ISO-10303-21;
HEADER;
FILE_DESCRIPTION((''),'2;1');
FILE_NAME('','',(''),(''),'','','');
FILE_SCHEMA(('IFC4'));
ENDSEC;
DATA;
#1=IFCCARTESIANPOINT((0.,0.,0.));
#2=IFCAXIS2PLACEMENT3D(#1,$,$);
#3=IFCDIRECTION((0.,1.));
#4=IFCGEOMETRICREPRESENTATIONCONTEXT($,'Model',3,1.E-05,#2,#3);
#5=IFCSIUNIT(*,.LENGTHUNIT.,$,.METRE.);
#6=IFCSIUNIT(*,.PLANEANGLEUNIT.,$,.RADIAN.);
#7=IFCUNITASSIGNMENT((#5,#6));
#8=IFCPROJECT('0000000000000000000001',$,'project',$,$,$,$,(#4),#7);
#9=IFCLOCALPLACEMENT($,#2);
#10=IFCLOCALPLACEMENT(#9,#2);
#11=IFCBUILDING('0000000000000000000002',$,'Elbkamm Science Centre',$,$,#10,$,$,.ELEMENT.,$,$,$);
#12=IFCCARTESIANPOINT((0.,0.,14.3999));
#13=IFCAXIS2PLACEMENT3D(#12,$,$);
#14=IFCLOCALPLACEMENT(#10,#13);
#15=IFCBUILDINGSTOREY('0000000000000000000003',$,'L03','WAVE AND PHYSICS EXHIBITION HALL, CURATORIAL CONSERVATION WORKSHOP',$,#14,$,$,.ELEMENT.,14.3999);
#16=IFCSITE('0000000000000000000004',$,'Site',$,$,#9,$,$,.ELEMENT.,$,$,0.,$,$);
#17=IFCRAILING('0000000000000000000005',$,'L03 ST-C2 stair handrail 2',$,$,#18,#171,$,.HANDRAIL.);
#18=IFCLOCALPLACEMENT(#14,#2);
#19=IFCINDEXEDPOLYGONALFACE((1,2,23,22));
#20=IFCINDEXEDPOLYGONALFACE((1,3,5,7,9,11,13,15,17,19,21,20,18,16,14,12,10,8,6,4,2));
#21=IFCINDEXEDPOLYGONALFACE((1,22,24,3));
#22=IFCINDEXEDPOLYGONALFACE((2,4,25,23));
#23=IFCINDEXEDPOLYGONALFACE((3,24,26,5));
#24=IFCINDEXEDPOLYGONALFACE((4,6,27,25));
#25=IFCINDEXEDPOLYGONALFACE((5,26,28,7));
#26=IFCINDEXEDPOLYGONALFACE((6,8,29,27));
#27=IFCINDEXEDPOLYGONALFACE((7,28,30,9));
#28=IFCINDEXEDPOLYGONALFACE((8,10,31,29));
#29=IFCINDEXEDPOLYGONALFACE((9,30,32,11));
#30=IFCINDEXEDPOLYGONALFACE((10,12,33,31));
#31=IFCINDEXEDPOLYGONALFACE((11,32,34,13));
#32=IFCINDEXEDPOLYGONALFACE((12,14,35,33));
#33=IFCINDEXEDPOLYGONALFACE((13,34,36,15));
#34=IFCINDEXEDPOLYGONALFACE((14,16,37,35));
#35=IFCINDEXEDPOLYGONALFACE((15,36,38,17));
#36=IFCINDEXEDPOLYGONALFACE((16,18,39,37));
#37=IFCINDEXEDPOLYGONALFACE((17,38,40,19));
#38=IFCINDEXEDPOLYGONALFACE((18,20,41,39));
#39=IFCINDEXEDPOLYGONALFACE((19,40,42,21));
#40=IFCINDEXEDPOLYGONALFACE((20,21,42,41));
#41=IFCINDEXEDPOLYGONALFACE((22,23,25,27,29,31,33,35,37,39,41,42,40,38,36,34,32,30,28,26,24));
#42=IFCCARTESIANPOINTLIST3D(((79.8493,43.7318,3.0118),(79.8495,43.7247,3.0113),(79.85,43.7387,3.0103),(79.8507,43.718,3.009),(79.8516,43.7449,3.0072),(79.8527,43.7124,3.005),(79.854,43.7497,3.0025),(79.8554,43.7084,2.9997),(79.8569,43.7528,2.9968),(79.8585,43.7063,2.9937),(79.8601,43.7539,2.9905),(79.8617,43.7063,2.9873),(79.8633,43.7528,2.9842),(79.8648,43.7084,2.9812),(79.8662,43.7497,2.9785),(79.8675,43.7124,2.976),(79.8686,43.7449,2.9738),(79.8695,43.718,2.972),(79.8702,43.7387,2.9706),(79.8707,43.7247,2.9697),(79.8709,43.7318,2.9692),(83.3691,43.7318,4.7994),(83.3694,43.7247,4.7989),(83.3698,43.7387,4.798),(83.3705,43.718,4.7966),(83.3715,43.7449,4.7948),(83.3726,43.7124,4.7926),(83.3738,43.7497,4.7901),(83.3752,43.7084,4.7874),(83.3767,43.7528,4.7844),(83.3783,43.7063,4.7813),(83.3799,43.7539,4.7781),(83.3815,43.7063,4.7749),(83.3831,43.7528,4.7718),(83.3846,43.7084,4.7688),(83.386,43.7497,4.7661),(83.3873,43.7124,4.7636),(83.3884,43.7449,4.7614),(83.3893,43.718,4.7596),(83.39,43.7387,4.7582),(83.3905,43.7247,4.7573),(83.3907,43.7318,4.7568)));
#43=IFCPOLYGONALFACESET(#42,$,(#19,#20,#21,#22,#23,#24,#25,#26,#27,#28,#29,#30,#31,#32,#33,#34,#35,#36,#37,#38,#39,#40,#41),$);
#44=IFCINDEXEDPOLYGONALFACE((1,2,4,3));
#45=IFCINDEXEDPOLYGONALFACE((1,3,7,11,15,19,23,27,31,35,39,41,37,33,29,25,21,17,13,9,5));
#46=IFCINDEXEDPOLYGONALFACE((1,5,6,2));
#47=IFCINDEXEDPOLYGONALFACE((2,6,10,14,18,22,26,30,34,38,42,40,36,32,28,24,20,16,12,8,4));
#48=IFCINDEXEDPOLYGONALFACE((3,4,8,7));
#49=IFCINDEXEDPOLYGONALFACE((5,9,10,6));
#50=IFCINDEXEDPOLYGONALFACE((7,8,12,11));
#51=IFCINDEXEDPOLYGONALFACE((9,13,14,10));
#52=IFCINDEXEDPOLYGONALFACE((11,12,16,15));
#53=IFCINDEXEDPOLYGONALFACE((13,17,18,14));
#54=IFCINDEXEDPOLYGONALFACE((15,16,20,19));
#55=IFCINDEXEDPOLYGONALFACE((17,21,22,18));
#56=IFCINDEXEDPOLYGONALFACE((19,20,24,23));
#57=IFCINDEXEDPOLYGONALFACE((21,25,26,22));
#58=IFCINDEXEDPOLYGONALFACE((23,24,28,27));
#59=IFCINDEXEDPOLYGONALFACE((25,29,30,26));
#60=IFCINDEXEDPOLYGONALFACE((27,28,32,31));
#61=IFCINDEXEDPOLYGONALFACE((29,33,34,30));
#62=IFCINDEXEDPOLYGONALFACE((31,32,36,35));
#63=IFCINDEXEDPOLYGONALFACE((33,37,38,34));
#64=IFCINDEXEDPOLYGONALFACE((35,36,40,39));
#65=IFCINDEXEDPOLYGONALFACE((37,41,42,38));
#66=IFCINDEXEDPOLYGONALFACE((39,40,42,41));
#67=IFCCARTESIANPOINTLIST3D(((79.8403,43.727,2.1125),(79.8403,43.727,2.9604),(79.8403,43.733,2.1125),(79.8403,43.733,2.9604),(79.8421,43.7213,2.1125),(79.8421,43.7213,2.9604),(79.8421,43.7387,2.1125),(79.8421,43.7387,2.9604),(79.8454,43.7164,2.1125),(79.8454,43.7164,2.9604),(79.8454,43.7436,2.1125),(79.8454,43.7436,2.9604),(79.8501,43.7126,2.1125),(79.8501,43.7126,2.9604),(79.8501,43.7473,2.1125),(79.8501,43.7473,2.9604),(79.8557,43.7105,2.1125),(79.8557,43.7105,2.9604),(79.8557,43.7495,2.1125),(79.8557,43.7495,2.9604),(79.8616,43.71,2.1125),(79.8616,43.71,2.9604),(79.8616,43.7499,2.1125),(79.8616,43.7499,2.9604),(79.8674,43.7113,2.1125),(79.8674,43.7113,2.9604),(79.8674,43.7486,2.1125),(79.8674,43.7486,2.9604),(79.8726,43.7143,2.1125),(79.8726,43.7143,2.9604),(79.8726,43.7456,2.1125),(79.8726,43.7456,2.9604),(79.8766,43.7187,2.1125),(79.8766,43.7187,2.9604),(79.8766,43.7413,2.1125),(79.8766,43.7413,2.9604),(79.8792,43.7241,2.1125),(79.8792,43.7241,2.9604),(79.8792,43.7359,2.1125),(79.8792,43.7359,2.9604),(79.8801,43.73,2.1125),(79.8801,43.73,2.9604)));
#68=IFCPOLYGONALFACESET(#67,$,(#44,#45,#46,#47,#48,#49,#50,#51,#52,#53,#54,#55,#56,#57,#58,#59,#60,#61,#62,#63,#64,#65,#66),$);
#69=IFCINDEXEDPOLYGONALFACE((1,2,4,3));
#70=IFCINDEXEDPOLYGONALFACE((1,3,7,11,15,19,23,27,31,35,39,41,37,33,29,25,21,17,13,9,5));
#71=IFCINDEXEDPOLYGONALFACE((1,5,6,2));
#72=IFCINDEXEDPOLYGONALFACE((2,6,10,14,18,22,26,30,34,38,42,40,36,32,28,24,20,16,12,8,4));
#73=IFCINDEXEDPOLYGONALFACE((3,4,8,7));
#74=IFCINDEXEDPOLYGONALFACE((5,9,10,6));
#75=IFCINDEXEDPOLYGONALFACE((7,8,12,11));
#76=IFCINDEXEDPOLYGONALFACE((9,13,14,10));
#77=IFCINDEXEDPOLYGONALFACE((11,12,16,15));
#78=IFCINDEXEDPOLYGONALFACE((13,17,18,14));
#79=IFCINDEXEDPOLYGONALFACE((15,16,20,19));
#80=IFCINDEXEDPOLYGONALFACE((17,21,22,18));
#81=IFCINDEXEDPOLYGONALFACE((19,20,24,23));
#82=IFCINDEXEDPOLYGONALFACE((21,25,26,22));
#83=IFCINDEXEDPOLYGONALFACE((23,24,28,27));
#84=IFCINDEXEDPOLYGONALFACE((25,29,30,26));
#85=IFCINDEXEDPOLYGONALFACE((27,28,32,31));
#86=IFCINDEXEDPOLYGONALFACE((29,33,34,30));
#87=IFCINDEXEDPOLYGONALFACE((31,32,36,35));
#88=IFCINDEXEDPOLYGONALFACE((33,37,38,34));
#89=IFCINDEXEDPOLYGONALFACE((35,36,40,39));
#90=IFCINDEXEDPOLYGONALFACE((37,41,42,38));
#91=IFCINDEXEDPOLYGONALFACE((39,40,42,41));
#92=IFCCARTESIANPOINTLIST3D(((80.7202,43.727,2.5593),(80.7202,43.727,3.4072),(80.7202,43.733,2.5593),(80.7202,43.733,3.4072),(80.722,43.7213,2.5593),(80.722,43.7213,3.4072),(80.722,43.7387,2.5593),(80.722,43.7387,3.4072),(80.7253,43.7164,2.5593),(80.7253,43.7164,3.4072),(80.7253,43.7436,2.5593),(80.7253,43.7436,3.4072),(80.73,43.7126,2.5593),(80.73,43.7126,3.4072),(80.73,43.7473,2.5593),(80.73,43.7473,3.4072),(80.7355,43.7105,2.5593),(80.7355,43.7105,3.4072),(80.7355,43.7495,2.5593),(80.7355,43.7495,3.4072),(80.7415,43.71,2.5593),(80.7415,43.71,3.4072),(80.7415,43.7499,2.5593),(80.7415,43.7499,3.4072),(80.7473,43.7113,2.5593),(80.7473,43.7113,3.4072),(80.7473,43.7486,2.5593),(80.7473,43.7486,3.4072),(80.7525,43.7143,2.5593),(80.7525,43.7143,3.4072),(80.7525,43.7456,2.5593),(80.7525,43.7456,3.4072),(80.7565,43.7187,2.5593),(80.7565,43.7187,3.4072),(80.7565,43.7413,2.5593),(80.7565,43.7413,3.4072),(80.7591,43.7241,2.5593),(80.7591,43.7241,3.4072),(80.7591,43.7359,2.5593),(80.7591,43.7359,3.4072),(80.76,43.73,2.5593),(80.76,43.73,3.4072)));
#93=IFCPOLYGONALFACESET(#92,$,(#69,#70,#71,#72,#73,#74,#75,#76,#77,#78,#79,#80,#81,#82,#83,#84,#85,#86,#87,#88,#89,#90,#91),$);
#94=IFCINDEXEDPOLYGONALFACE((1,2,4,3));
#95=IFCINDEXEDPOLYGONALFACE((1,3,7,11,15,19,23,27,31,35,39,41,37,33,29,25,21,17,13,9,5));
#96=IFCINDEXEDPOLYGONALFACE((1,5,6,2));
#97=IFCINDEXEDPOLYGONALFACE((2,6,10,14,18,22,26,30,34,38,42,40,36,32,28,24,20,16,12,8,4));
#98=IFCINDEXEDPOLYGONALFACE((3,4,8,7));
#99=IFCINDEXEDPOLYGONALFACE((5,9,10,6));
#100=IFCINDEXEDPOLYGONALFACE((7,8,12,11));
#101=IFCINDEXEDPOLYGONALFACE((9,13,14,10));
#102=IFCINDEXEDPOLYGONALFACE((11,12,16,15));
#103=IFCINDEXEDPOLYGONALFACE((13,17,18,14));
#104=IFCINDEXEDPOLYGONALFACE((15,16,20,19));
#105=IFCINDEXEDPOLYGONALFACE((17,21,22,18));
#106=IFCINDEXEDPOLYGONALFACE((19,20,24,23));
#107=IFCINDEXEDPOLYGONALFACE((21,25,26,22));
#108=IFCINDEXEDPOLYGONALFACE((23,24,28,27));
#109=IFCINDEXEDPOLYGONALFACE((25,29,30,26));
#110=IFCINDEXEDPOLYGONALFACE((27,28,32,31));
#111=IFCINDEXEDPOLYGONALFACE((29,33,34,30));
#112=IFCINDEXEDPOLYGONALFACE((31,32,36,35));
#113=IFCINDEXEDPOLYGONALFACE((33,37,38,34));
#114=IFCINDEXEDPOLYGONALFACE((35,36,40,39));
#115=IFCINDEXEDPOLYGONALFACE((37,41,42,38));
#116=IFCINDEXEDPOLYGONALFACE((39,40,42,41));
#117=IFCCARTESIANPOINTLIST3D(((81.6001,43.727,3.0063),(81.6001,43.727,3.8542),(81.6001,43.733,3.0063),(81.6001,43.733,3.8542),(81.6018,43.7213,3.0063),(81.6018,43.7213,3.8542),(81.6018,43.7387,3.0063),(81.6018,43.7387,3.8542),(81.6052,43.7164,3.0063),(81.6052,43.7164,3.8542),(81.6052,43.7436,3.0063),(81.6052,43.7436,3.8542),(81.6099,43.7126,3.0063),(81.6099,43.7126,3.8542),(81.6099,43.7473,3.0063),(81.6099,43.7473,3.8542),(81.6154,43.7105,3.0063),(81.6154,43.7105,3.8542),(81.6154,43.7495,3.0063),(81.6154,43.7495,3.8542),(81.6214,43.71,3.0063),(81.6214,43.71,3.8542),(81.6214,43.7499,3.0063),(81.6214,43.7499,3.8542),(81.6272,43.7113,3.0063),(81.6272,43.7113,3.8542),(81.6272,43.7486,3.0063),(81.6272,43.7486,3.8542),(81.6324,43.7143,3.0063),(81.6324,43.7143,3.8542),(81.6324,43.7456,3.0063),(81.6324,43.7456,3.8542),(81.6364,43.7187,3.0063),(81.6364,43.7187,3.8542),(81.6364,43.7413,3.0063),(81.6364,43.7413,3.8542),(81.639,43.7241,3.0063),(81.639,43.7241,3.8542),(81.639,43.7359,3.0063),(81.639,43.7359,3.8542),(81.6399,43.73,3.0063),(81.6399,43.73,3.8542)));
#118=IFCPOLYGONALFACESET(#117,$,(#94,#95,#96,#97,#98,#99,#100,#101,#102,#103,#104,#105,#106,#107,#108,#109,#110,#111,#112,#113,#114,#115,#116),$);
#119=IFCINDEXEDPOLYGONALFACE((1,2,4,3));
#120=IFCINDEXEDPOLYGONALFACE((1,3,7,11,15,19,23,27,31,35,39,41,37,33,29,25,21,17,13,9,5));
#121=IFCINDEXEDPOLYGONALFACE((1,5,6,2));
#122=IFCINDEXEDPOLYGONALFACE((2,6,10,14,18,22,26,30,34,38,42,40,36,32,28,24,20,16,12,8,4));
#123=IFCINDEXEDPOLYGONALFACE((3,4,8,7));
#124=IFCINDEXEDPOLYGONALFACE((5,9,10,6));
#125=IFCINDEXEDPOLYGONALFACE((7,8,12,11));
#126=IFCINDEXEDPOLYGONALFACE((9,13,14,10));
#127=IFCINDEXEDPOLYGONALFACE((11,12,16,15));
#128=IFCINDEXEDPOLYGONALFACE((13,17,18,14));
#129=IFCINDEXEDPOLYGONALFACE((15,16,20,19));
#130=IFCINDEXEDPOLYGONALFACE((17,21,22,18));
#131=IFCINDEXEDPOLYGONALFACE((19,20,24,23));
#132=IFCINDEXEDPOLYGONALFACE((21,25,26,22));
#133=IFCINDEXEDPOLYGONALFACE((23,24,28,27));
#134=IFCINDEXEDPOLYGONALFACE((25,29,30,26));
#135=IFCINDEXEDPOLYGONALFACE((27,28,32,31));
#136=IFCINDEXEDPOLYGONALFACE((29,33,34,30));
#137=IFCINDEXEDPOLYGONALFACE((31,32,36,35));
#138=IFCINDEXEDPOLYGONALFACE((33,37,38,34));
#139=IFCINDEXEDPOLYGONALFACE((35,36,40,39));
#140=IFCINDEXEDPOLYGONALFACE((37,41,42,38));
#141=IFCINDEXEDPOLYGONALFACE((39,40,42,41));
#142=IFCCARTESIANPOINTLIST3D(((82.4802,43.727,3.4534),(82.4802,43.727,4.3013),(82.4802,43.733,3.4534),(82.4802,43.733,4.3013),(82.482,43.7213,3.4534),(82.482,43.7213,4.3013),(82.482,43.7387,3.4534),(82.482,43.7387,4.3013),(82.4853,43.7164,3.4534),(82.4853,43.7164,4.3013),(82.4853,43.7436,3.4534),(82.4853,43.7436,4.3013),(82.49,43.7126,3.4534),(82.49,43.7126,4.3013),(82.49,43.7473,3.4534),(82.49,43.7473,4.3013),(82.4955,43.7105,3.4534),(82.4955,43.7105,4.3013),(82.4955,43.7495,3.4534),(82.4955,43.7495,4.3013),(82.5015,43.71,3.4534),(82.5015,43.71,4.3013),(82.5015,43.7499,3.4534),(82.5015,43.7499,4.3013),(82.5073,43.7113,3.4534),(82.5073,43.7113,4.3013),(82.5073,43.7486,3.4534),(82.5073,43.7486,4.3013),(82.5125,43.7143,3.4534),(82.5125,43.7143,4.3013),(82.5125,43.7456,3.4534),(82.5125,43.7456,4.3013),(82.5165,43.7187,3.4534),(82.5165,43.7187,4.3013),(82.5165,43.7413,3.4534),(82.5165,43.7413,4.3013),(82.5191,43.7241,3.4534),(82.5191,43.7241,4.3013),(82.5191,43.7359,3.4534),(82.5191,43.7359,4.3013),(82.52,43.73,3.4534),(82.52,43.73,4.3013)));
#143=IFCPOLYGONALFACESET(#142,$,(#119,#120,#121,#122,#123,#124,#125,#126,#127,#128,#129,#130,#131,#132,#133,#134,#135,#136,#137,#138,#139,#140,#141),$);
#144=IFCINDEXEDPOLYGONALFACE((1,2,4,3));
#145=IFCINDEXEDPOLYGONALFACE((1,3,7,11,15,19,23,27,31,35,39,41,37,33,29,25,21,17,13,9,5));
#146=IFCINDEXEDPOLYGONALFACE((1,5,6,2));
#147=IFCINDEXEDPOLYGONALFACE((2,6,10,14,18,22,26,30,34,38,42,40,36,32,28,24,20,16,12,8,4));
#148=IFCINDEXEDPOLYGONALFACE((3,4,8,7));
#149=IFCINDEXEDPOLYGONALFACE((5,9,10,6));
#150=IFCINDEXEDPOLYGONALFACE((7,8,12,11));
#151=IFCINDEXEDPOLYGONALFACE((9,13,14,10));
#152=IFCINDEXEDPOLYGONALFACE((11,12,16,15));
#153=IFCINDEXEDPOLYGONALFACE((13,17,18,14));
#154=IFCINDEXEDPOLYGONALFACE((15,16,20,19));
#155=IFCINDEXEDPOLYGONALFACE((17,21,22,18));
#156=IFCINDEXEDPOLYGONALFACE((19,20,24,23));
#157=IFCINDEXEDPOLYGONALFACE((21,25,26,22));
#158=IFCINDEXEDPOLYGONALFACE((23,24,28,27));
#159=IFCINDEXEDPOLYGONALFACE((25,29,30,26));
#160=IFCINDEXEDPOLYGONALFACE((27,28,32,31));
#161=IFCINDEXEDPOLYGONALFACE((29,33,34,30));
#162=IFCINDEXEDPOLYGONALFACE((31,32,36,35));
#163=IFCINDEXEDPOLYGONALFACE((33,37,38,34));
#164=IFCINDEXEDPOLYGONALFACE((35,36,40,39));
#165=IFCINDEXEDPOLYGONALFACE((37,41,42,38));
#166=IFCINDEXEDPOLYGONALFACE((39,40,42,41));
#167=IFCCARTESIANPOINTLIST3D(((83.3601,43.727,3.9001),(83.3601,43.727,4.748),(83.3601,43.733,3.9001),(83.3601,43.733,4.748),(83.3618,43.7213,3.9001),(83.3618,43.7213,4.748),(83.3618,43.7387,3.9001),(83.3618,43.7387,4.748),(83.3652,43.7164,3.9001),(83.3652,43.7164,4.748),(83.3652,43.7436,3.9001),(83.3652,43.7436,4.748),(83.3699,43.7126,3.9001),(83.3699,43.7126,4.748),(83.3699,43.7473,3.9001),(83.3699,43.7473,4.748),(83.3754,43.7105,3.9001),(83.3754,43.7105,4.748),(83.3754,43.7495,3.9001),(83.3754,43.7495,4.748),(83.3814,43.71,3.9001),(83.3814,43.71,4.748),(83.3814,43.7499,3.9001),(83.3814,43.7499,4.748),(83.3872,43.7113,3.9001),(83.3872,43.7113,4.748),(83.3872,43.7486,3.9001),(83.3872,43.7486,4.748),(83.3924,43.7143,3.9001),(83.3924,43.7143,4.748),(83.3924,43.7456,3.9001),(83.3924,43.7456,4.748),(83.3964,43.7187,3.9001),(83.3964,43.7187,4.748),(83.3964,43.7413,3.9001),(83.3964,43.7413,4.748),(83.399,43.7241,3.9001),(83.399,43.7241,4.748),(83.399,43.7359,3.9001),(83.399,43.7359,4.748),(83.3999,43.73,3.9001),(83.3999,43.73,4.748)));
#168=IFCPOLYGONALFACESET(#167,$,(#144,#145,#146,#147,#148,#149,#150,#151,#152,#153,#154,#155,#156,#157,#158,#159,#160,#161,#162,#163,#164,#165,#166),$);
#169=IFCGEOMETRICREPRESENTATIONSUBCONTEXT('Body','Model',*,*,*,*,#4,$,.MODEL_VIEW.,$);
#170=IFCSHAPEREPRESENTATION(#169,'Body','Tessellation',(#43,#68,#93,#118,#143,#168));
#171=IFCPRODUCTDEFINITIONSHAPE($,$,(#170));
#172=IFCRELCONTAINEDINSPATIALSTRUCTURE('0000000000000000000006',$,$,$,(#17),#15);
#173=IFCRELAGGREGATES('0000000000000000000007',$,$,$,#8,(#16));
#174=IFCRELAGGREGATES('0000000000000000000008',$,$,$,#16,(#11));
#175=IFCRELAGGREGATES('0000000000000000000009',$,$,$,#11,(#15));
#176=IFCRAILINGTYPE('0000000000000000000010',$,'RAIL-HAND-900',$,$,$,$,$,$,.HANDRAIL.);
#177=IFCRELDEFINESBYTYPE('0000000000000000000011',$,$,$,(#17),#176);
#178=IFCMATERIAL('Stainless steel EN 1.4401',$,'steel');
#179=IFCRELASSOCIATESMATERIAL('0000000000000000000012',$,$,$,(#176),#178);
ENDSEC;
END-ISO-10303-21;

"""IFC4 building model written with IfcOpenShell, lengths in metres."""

from ifc_helpers import new_model, si_unit, direction, frame, origin, origin_2d, place, context, subcontext, project, spatial, circle, extrude, material, type_object, element, save


model = new_model("IFC4")

# Units and contexts
model_context = context("Model", 3, precision=1e-05, world=origin(), true_north=direction((0.0, 1.0)))
body_context = subcontext(model_context, "Body", "Model", "MODEL_VIEW")
ifc_project = project(units=[si_unit("LENGTHUNIT", "METRE"), si_unit("PLANEANGLEUNIT", "RADIAN")], contexts=[model_context])

# Site, building, storey
site_placement = place(None, origin())
site = spatial("IfcSite", under=ifc_project, at=site_placement, Name="Site", CompositionType="ELEMENT", RefElevation=0.0)
building_placement = place(site_placement, origin())
building = spatial("IfcBuilding", under=site, at=building_placement, Name="Elbkamm Science Centre", CompositionType="ELEMENT")
storey_placement = place(building_placement, frame((0.0, 0.0, 14.3999)))
storey = spatial("IfcBuildingStorey", under=building, at=storey_placement, Name="L03", Description="WAVE AND PHYSICS EXHIBITION HALL, CURATORIAL CONSERVATION WORKSHOP", CompositionType="ELEMENT", Elevation=14.3999)

# Railing
ifc_material_1 = material(Name="Stainless steel EN 1.4401", Category="steel")
railing_type_1 = type_object("IfcRailingType", Name="RAIL-HAND-900", PredefinedType="HANDRAIL", material=ifc_material_1)
railing_1_placement = place(storey_placement, frame((79.8601, 43.73, 2.1125)))
element("IfcRailing", 1, at=railing_1_placement, inside=storey, type_object=railing_type_1, Name="L03 ST-C2 stair handrail 2", PredefinedType="HANDRAIL", context=body_context, shape_type="SweptSolid", body=[
    extrude(circle(Radius=0.0239, at=origin_2d()), frame((0.0, 0.0, 0.8779), z_axis=(0.891602, 0.0, 0.45282), x_axis=(0.0, 1.0, 0.0)), (0.0, 0.0, 1.0), 3.9478),
    extrude(circle(Radius=0.02, at=origin_2d()), origin(), (0.0, 0.0, 1.0), 0.8479),
    extrude(circle(Radius=0.02, at=origin_2d()), frame((0.8799, 0.0, 0.4468)), (0.0, 0.0, 1.0), 0.8479),
    extrude(circle(Radius=0.02, at=origin_2d()), frame((1.7598, 0.0, 0.8938)), (0.0, 0.0, 1.0), 0.8479),
    extrude(circle(Radius=0.02, at=origin_2d()), frame((2.6399, 0.0, 1.3408)), (0.0, 0.0, 1.0), 0.8479),
    extrude(circle(Radius=0.02, at=origin_2d()), frame((3.5198, 0.0, 1.7876)), (0.0, 0.0, 1.0), 0.8479),
])

save(model, "model.ifc")
